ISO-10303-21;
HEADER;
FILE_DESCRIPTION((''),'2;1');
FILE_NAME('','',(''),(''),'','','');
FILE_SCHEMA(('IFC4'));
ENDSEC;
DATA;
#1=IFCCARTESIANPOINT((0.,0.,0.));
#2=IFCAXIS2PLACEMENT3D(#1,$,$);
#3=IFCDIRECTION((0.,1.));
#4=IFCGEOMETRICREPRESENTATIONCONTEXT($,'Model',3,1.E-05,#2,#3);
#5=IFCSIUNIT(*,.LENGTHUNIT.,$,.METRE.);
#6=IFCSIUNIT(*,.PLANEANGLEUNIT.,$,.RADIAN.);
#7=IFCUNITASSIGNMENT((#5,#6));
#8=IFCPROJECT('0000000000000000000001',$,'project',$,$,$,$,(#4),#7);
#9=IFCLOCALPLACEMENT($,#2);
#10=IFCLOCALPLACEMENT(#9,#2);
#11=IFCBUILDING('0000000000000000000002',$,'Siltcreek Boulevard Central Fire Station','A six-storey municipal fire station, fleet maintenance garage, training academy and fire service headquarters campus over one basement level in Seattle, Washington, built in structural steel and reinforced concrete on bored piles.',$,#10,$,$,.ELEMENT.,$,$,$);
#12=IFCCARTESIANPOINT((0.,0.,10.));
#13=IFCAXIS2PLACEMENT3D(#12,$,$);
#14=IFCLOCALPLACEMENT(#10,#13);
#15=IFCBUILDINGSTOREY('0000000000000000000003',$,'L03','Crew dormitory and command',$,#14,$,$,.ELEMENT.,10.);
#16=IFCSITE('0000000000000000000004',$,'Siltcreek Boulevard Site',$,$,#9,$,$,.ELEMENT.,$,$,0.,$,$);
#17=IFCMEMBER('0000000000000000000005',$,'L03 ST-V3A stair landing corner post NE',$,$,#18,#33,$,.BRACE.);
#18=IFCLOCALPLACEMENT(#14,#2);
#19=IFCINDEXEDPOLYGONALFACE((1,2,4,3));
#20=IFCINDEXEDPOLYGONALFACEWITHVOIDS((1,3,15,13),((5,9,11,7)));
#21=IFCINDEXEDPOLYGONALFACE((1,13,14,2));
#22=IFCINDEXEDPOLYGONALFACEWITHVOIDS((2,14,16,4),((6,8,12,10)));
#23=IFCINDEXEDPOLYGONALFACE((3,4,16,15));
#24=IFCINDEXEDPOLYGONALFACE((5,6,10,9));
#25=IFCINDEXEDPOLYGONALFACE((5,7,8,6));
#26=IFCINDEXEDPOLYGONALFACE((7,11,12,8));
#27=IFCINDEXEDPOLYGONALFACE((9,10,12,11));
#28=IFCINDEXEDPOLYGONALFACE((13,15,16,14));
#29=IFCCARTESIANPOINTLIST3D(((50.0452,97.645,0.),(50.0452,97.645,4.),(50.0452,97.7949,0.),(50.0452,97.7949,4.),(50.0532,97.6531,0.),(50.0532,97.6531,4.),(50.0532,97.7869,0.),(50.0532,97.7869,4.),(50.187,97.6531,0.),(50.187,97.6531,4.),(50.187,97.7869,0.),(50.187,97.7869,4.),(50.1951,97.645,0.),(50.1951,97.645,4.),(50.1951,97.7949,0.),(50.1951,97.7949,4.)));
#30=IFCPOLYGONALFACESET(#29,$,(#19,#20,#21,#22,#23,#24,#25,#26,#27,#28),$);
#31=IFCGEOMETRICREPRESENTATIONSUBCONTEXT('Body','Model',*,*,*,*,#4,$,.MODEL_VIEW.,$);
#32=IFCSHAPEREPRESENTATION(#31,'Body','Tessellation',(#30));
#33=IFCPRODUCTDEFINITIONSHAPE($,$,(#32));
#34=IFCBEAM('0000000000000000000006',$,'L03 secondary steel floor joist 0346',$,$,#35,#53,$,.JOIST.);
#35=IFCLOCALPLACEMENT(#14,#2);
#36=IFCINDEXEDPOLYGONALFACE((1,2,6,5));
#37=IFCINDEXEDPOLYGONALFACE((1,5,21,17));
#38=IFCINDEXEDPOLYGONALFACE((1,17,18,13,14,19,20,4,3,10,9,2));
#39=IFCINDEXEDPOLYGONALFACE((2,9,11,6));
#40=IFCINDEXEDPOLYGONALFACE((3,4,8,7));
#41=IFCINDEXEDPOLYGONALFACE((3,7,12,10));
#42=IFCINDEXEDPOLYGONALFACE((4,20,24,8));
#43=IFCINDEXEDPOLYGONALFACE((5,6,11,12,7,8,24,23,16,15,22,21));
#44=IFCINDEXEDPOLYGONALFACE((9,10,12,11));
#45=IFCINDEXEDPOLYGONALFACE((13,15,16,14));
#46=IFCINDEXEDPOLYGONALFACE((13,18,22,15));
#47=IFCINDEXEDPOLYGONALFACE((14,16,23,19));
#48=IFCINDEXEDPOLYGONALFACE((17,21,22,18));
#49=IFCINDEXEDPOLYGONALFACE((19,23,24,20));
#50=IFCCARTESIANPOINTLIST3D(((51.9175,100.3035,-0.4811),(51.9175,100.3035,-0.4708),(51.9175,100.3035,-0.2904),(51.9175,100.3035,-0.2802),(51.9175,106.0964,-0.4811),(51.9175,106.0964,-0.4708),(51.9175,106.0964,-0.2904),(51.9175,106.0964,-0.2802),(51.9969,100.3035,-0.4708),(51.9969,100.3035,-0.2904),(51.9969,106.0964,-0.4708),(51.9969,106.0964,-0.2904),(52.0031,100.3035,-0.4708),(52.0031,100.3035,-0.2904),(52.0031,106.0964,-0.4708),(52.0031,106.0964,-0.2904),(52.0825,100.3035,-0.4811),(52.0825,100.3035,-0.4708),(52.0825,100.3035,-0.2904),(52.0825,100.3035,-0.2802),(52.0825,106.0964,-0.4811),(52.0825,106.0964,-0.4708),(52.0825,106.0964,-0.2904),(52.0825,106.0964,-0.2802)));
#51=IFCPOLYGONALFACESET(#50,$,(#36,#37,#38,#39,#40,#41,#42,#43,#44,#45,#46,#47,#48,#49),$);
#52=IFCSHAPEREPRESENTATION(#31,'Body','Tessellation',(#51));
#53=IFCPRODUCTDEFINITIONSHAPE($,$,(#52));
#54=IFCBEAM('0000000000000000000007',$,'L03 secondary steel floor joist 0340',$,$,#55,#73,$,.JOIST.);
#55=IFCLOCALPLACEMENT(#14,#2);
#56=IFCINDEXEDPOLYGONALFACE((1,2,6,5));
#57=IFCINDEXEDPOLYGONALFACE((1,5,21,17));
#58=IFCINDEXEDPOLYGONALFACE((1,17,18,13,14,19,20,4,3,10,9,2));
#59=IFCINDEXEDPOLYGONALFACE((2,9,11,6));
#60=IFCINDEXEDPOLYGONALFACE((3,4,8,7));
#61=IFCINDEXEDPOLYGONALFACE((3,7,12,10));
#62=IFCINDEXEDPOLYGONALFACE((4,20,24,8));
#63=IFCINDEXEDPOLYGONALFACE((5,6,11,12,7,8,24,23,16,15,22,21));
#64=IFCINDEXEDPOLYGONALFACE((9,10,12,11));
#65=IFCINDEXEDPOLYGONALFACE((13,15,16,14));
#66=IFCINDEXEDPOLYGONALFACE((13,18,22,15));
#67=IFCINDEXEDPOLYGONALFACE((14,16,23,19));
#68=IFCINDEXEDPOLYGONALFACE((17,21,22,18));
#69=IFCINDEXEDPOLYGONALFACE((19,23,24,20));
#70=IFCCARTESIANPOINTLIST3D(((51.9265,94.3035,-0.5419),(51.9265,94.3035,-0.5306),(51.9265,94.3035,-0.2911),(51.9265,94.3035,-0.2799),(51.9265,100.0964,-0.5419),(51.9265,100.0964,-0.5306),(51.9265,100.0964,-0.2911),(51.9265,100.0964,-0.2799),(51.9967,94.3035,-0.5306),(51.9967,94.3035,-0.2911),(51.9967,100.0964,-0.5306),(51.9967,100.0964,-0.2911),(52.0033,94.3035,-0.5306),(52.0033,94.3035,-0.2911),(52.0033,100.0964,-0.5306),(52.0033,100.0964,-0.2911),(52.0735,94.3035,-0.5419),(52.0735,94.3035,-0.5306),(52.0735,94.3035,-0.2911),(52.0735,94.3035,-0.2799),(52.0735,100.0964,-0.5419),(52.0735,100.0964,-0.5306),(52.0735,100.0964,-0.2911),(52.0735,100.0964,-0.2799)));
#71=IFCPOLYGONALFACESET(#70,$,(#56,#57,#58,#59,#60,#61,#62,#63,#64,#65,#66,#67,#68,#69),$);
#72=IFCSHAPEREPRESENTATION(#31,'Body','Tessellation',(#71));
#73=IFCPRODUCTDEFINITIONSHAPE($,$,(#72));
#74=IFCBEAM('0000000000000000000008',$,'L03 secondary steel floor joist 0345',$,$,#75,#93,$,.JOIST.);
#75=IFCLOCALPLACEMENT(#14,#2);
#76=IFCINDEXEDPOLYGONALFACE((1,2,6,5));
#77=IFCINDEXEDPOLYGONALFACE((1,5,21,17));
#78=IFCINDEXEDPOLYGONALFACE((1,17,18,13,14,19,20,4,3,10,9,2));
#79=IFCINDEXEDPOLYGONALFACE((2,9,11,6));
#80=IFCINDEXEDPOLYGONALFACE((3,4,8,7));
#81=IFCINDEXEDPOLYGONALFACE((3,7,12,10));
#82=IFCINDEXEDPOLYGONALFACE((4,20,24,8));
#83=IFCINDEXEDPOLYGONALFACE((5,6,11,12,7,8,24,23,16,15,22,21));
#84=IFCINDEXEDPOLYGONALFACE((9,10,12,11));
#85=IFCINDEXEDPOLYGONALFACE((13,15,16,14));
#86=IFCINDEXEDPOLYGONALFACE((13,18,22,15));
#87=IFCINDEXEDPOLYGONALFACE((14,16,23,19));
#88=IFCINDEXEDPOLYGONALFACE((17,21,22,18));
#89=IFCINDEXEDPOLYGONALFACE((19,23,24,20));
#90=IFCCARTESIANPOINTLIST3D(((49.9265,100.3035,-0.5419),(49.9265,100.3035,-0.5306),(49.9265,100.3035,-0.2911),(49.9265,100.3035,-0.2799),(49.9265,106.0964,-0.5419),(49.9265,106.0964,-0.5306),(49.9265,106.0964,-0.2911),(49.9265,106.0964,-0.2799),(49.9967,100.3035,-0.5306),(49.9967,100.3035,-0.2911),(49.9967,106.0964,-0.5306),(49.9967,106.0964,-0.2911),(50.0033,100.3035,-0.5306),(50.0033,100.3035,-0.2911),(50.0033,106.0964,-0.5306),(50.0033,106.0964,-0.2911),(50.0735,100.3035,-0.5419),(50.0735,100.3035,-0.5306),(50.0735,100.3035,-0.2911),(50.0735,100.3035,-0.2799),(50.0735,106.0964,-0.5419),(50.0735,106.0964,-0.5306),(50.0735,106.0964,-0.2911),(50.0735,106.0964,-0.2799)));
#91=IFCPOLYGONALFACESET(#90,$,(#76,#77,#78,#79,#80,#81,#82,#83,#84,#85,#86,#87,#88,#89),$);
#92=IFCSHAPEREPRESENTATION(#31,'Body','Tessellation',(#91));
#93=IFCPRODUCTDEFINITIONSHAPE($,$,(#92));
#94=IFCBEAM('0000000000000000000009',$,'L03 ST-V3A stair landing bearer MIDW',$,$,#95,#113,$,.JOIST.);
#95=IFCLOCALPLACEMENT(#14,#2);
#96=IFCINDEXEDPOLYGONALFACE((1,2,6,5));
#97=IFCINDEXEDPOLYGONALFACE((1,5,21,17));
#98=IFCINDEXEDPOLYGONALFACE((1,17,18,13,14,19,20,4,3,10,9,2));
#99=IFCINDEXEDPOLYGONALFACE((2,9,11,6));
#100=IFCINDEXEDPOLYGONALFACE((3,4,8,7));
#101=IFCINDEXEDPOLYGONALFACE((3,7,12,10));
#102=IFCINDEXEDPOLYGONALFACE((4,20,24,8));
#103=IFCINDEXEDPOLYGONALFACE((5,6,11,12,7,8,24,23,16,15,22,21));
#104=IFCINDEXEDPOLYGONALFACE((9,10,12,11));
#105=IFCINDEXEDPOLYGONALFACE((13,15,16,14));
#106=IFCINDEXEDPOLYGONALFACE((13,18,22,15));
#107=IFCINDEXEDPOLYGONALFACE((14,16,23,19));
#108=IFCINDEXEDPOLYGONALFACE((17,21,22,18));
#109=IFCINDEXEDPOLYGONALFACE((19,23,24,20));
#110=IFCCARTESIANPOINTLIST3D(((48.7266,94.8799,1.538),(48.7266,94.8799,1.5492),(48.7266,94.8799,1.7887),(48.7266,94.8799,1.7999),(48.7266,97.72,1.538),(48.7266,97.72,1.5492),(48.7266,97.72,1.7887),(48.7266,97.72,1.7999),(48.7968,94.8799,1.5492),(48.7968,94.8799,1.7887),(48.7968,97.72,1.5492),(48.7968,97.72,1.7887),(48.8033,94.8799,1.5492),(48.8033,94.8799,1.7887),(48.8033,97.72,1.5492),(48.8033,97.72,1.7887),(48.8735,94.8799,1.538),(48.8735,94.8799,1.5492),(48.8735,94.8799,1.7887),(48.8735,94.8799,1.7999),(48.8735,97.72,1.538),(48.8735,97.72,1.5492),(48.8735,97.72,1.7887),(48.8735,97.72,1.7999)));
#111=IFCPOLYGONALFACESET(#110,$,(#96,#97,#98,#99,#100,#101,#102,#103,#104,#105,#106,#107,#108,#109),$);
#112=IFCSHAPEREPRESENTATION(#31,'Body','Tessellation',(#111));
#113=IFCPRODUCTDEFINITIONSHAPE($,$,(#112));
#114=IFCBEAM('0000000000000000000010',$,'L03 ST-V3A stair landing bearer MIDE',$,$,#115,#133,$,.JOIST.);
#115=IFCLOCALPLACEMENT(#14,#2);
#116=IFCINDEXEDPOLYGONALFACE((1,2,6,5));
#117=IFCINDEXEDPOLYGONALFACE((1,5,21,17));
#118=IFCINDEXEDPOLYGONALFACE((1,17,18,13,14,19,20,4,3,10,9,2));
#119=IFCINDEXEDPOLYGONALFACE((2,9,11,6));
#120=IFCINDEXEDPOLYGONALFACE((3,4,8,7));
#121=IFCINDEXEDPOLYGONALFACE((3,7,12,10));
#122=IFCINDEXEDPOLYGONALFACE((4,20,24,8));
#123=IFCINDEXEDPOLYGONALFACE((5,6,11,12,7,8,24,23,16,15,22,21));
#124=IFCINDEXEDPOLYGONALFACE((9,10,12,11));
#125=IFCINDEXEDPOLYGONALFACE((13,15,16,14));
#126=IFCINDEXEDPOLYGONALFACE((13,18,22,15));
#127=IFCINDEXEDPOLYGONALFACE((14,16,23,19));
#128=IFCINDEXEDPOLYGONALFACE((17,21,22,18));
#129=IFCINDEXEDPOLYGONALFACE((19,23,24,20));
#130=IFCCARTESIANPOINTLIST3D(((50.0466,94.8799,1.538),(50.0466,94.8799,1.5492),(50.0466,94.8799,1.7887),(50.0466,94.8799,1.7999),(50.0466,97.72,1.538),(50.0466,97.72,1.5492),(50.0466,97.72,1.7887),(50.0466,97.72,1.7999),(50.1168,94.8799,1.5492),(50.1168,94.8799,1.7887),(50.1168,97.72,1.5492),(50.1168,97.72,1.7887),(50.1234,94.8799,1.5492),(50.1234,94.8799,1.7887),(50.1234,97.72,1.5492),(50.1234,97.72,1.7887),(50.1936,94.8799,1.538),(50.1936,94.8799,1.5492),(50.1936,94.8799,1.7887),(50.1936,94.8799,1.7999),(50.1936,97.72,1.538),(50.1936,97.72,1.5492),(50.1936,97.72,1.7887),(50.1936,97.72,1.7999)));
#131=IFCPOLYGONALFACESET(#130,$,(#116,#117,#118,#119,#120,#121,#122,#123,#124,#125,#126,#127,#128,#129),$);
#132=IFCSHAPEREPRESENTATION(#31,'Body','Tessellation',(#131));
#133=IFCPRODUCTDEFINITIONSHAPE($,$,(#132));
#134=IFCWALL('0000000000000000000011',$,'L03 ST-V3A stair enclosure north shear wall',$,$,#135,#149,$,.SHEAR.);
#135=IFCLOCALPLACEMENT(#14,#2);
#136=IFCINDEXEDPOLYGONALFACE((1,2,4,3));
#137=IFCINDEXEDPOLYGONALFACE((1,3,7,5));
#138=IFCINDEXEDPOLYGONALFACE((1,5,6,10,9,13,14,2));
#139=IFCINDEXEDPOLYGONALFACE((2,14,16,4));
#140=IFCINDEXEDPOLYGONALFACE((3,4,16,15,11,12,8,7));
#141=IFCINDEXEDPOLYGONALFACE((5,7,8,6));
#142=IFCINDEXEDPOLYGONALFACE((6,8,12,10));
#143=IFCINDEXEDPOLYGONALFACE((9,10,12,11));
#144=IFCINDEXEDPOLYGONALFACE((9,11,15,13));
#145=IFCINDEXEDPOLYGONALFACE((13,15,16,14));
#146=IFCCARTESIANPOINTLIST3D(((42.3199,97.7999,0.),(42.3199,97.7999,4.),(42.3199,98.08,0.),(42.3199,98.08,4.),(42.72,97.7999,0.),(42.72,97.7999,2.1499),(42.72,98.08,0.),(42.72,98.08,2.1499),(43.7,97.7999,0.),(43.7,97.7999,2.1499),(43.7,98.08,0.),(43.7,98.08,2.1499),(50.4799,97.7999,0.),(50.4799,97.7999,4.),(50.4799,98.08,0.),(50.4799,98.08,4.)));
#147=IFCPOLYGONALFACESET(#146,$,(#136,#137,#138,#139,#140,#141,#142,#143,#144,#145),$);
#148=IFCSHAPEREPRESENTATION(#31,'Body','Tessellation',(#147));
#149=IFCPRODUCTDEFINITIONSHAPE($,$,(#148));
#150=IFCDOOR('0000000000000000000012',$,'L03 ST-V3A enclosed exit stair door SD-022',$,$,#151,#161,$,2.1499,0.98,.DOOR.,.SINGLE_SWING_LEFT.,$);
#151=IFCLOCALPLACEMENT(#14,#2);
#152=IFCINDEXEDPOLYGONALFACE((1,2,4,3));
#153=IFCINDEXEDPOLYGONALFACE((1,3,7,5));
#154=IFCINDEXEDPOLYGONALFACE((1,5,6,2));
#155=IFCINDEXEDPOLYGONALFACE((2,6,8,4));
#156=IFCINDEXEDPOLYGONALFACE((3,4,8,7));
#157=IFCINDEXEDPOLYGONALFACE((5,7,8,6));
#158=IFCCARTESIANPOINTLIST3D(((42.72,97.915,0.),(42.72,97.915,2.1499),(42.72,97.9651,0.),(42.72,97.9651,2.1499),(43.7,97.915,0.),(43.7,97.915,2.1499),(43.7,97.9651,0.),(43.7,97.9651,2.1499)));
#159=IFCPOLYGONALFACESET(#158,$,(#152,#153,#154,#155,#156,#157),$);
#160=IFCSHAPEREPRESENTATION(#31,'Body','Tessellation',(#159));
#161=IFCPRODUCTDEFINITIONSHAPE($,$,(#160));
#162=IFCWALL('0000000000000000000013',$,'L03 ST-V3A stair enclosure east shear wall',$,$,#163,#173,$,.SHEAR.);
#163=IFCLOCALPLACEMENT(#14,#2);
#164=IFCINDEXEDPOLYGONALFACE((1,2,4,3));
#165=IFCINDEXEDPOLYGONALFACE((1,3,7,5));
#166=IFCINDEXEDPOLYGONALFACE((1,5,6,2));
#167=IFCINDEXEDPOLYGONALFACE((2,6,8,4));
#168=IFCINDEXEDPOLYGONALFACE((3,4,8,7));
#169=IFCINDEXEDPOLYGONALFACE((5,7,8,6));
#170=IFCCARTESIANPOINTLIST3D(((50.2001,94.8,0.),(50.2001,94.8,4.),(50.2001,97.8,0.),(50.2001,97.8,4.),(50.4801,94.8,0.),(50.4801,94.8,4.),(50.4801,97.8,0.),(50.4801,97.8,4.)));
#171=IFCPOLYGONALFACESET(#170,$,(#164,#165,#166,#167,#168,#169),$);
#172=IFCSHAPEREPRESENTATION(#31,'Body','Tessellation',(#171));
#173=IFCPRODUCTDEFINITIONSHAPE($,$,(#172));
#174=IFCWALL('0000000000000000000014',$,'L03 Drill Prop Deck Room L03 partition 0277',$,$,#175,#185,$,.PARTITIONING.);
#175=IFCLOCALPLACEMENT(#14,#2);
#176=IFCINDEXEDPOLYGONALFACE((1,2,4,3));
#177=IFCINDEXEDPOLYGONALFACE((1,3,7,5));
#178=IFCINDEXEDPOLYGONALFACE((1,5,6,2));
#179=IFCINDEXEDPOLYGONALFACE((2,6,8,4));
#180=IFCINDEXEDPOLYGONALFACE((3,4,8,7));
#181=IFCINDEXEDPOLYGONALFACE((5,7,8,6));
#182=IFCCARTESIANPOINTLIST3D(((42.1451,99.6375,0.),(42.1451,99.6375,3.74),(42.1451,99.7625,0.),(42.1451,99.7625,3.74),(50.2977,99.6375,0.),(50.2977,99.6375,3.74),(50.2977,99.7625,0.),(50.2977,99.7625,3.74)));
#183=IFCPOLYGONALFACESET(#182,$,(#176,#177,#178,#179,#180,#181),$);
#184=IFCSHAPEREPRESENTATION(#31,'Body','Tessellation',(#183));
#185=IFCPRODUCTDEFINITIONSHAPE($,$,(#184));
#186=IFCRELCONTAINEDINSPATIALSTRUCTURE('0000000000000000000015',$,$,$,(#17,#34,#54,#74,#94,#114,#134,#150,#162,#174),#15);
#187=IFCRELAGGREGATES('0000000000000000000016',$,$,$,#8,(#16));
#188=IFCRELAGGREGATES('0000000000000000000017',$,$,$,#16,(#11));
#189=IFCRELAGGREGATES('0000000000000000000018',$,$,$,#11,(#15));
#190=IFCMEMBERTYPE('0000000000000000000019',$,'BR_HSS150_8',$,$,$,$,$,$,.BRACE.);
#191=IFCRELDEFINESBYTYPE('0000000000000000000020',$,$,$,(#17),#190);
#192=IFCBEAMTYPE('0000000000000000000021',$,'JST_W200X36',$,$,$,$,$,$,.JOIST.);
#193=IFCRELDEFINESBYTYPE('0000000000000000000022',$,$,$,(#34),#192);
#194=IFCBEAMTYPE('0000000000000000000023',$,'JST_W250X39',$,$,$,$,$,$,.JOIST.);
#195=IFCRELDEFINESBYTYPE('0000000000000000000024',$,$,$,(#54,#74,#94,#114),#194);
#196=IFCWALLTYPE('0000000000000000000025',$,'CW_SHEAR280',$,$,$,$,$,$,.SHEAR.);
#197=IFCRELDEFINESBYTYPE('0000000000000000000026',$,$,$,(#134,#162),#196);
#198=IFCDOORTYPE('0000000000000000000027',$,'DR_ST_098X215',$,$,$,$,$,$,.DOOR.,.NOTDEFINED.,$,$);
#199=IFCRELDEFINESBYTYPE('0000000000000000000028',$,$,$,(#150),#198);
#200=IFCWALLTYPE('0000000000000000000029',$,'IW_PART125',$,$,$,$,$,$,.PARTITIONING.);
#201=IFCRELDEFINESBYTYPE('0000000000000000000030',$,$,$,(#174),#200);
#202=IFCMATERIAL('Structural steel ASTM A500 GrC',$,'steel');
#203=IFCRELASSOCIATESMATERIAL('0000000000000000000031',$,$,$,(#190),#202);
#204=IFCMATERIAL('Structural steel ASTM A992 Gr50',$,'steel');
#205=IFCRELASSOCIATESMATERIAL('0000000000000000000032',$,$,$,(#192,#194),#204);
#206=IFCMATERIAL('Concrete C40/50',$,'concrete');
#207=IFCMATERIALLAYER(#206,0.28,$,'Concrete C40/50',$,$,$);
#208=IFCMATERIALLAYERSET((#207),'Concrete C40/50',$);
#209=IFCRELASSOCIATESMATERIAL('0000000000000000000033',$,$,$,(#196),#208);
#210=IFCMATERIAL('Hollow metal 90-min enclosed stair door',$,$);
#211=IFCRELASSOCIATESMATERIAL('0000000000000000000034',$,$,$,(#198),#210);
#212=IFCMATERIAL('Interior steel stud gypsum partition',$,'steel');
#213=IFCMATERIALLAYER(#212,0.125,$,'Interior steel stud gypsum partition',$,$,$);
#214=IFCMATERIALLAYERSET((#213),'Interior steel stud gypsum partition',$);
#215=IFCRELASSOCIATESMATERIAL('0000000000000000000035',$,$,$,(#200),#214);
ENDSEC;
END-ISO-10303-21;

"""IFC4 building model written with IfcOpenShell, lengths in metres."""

from ifc_helpers import new_model, si_unit, direction, frame, frame_2d, origin, origin_2d, place, context, subcontext, project, spatial, rectangle, hollow_rectangle, i_section, extrude, material, layer, layer_set, material_profile, profile_set, type_object, element, fill, save


model = new_model("IFC4")

# Units and contexts
model_context = context("Model", 3, precision=1e-05, world=origin(), true_north=direction((0.0, 1.0)))
body_context = subcontext(model_context, "Body", "Model", "MODEL_VIEW")
ifc_project = project(units=[si_unit("LENGTHUNIT", "METRE"), si_unit("PLANEANGLEUNIT", "RADIAN")], contexts=[model_context])

# Site, building, storey
site_placement = place(None, origin())
site = spatial("IfcSite", under=ifc_project, at=site_placement, Name="Siltcreek Boulevard Site", CompositionType="ELEMENT", RefElevation=0.0)
building_placement = place(site_placement, origin())
building = spatial("IfcBuilding", under=site, at=building_placement, Name="Siltcreek Boulevard Central Fire Station", Description="A six-storey municipal fire station, fleet maintenance garage, training academy and fire service headquarters campus over one basement level in Seattle, Washington, built in structural steel and reinforced concrete on bored piles.", CompositionType="ELEMENT")
storey_placement = place(building_placement, frame((0.0, 0.0, 10.0)))
storey = spatial("IfcBuildingStorey", under=building, at=storey_placement, Name="L03", Description="Crew dormitory and command", CompositionType="ELEMENT", Elevation=10.0)

# Shared definitions
ifc_material_1 = material(Name="Structural steel ASTM A992 Gr50", Category="steel")

# Member
ifc_material_2 = material(Name="Structural steel ASTM A500 GrC", Category="steel")
ifc_material_profile_1 = material_profile(ifc_material_2, hollow_rectangle(XDim=0.1499, YDim=0.1499, WallThickness=0.0081, at=origin_2d()), Name="HSS150X150X8.0")
ifc_profile_set_1 = profile_set([ifc_material_profile_1], Name="Structural steel ASTM A500 GrC")
member_type = type_object("IfcMemberType", Name="BR_HSS150_8", PredefinedType="BRACE", material=ifc_profile_set_1)
for number, where, z_axis, x_axis, name in (
    (1, (50.1201, 97.72, 0.0), (0.0, 0.0, 1.0), (1.0, 0.0, 0.0), "L03 ST-V3A stair landing corner post NE"),
):
    element("IfcMember", number, at=place(storey_placement, frame(where, z_axis=z_axis, x_axis=x_axis)), inside=storey, type_object=member_type, Name=name, PredefinedType="BRACE", context=body_context, shape_type="SweptSolid", body=[
        extrude(hollow_rectangle(XDim=0.1499, YDim=0.1499, WallThickness=0.0081, at=origin_2d()), origin(), (0.0, 0.0, 1.0), 4.0),
    ])

# Beams
ifc_material_profile_2 = material_profile(ifc_material_1, i_section(OverallWidth=0.165, OverallDepth=0.2009, WebThickness=0.0061, FlangeThickness=0.0103, at=origin_2d()), Name="W200X36")
ifc_profile_set_2 = profile_set([ifc_material_profile_2], Name="Structural steel ASTM A992 Gr50")
beam_type_1 = type_object("IfcBeamType", Name="JST_W200X36", PredefinedType="JOIST", material=ifc_profile_set_2)
beam_placement = place(storey_placement, frame((52.0, 100.3035, -0.3806), z_axis=(0.0, 1.0, 0.0), x_axis=(-1.0, 0.0, 0.0)))
element("IfcBeam", 2, at=beam_placement, inside=storey, type_object=beam_type_1, Name="L03 secondary steel floor joist 0346", PredefinedType="JOIST", context=body_context, shape_type="SweptSolid", body=[
    extrude(i_section(OverallWidth=0.165, OverallDepth=0.2009, WebThickness=0.0061, FlangeThickness=0.0103, at=origin_2d()), origin(), (0.0, 0.0, 1.0), 5.793),
])
ifc_material_profile_3 = material_profile(ifc_material_1, i_section(OverallWidth=0.147, OverallDepth=0.262, WebThickness=0.0066, FlangeThickness=0.0112, at=origin_2d()), Name="W250X39")
ifc_profile_set_3 = profile_set([ifc_material_profile_3], Name="Structural steel ASTM A992 Gr50")
beam_type_2 = type_object("IfcBeamType", Name="JST_W250X39", PredefinedType="JOIST", material=ifc_profile_set_3)
for number, where, z_axis, x_axis, name in (
    (3, (52.0, 94.3035, -0.4109), (0.0, 1.0, 0.0), (-1.0, 0.0, 0.0), "L03 secondary steel floor joist 0340"),
    (4, (50.0, 100.3035, -0.4109), (0.0, 1.0, 0.0), (-1.0, 0.0, 0.0), "L03 secondary steel floor joist 0345"),
):
    element("IfcBeam", number, at=place(storey_placement, frame(where, z_axis=z_axis, x_axis=x_axis)), inside=storey, type_object=beam_type_2, Name=name, PredefinedType="JOIST", context=body_context, shape_type="SweptSolid", body=[
        extrude(i_section(OverallWidth=0.147, OverallDepth=0.262, WebThickness=0.0066, FlangeThickness=0.0112, at=origin_2d()), origin(), (0.0, 0.0, 1.0), 5.793),
    ])
for number, where, z_axis, x_axis, name in (
    (5, (48.8, 94.8799, 1.6689), (0.0, 1.0, 0.0), (-1.0, 0.0, 0.0), "L03 ST-V3A stair landing bearer MIDW"),
    (6, (50.1201, 94.8799, 1.6689), (0.0, 1.0, 0.0), (-1.0, 0.0, 0.0), "L03 ST-V3A stair landing bearer MIDE"),
):
    element("IfcBeam", number, at=place(storey_placement, frame(where, z_axis=z_axis, x_axis=x_axis)), inside=storey, type_object=beam_type_2, Name=name, PredefinedType="JOIST", context=body_context, shape_type="SweptSolid", body=[
        extrude(i_section(OverallWidth=0.147, OverallDepth=0.262, WebThickness=0.0066, FlangeThickness=0.0112, at=origin_2d()), origin(), (0.0, 0.0, 1.0), 2.8401),
    ])

# Wall, opening, door
ifc_material_3 = material(Name="Concrete C40/50", Category="concrete")
ifc_layer_1 = layer(ifc_material_3, 0.28, Name="Concrete C40/50")
ifc_layer_set_1 = layer_set([ifc_layer_1], Name="Concrete C40/50")
wall_type_1 = type_object("IfcWallType", Name="CW_SHEAR280", PredefinedType="SHEAR", material=ifc_layer_set_1)
wall_1_placement = place(storey_placement, frame((50.48, 97.9399, 0.0), z_axis=(0.0, 0.0, 1.0), x_axis=(-1.0, 0.0, 0.0)))
wall_1 = element("IfcWall", 7, at=wall_1_placement, inside=storey, type_object=wall_type_1, Name="L03 ST-V3A stair enclosure north shear wall", PredefinedType="SHEAR", context=body_context, shape_type="SweptSolid", body=[
    extrude(rectangle(XDim=8.1599, YDim=0.28, at=frame_2d((4.0801, 0.0))), origin(), (0.0, 0.0, 1.0), 4.0),
])
opening_1_placement = place(wall_1_placement, frame((6.78, 0.0, 0.0)))
opening_1 = element("IfcOpeningElement", 8, at=opening_1_placement, cuts=wall_1, PredefinedType="OPENING", context=body_context, shape_type="SweptSolid", body=[
    extrude(rectangle(XDim=0.98, YDim=2.1499, at=frame_2d((0.49, 1.075))), frame((0.0, 0.1499, 0.0), z_axis=(0.0, -1.0, 0.0), x_axis=(1.0, 0.0, 0.0)), (0.0, 0.0, 1.0), 0.3),
])
ifc_material_4 = material(Name="Hollow metal 90-min enclosed stair door")
door_type_1 = type_object("IfcDoorType", Name="DR_ST_098X215", OperationType="NOTDEFINED", PredefinedType="DOOR", material=ifc_material_4)
door_1_placement = place(opening_1_placement, origin())
door_1 = element("IfcDoor", 9, at=door_1_placement, inside=storey, type_object=door_type_1, Name="L03 ST-V3A enclosed exit stair door SD-022", OperationType="SINGLE_SWING_LEFT", OverallHeight=2.1499, OverallWidth=0.98, PredefinedType="DOOR", context=body_context, shape_type="SweptSolid", body=[
    extrude(rectangle(XDim=0.98, YDim=2.1499, at=frame_2d((0.49, 1.075))), frame((0.0, 0.0249, 0.0), z_axis=(0.0, -1.0, 0.0), x_axis=(1.0, 0.0, 0.0)), (0.0, 0.0, 1.0), 0.05),
])
fill(opening_1, door_1)

# Walls
wall_2_placement = place(storey_placement, frame((50.3401, 94.8, 0.0), z_axis=(0.0, 0.0, 1.0), x_axis=(0.0, 1.0, 0.0)))
element("IfcWall", 10, at=wall_2_placement, inside=storey, type_object=wall_type_1, Name="L03 ST-V3A stair enclosure east shear wall", PredefinedType="SHEAR", context=body_context, shape_type="SweptSolid", body=[
    extrude(rectangle(XDim=3.0, YDim=0.28, at=frame_2d((1.5, 0.0))), origin(), (0.0, 0.0, 1.0), 4.0),
])
ifc_material_5 = material(Name="Interior steel stud gypsum partition", Category="steel")
ifc_layer_2 = layer(ifc_material_5, 0.125, Name="Interior steel stud gypsum partition")
ifc_layer_set_2 = layer_set([ifc_layer_2], Name="Interior steel stud gypsum partition")
wall_type_2 = type_object("IfcWallType", Name="IW_PART125", PredefinedType="PARTITIONING", material=ifc_layer_set_2)
wall_3_placement = place(storey_placement, frame((50.2976, 99.7, 0.0), z_axis=(0.0, 0.0, 1.0), x_axis=(-1.0, 0.0, 0.0)))
element("IfcWall", 11, at=wall_3_placement, inside=storey, type_object=wall_type_2, Name="L03 Drill Prop Deck Room L03 partition 0277", PredefinedType="PARTITIONING", context=body_context, shape_type="SweptSolid", body=[
    extrude(rectangle(XDim=8.1526, YDim=0.125, at=frame_2d((4.0762, 0.0))), origin(), (0.0, 0.0, 1.0), 3.74),
])

save(model, "model.ifc")
